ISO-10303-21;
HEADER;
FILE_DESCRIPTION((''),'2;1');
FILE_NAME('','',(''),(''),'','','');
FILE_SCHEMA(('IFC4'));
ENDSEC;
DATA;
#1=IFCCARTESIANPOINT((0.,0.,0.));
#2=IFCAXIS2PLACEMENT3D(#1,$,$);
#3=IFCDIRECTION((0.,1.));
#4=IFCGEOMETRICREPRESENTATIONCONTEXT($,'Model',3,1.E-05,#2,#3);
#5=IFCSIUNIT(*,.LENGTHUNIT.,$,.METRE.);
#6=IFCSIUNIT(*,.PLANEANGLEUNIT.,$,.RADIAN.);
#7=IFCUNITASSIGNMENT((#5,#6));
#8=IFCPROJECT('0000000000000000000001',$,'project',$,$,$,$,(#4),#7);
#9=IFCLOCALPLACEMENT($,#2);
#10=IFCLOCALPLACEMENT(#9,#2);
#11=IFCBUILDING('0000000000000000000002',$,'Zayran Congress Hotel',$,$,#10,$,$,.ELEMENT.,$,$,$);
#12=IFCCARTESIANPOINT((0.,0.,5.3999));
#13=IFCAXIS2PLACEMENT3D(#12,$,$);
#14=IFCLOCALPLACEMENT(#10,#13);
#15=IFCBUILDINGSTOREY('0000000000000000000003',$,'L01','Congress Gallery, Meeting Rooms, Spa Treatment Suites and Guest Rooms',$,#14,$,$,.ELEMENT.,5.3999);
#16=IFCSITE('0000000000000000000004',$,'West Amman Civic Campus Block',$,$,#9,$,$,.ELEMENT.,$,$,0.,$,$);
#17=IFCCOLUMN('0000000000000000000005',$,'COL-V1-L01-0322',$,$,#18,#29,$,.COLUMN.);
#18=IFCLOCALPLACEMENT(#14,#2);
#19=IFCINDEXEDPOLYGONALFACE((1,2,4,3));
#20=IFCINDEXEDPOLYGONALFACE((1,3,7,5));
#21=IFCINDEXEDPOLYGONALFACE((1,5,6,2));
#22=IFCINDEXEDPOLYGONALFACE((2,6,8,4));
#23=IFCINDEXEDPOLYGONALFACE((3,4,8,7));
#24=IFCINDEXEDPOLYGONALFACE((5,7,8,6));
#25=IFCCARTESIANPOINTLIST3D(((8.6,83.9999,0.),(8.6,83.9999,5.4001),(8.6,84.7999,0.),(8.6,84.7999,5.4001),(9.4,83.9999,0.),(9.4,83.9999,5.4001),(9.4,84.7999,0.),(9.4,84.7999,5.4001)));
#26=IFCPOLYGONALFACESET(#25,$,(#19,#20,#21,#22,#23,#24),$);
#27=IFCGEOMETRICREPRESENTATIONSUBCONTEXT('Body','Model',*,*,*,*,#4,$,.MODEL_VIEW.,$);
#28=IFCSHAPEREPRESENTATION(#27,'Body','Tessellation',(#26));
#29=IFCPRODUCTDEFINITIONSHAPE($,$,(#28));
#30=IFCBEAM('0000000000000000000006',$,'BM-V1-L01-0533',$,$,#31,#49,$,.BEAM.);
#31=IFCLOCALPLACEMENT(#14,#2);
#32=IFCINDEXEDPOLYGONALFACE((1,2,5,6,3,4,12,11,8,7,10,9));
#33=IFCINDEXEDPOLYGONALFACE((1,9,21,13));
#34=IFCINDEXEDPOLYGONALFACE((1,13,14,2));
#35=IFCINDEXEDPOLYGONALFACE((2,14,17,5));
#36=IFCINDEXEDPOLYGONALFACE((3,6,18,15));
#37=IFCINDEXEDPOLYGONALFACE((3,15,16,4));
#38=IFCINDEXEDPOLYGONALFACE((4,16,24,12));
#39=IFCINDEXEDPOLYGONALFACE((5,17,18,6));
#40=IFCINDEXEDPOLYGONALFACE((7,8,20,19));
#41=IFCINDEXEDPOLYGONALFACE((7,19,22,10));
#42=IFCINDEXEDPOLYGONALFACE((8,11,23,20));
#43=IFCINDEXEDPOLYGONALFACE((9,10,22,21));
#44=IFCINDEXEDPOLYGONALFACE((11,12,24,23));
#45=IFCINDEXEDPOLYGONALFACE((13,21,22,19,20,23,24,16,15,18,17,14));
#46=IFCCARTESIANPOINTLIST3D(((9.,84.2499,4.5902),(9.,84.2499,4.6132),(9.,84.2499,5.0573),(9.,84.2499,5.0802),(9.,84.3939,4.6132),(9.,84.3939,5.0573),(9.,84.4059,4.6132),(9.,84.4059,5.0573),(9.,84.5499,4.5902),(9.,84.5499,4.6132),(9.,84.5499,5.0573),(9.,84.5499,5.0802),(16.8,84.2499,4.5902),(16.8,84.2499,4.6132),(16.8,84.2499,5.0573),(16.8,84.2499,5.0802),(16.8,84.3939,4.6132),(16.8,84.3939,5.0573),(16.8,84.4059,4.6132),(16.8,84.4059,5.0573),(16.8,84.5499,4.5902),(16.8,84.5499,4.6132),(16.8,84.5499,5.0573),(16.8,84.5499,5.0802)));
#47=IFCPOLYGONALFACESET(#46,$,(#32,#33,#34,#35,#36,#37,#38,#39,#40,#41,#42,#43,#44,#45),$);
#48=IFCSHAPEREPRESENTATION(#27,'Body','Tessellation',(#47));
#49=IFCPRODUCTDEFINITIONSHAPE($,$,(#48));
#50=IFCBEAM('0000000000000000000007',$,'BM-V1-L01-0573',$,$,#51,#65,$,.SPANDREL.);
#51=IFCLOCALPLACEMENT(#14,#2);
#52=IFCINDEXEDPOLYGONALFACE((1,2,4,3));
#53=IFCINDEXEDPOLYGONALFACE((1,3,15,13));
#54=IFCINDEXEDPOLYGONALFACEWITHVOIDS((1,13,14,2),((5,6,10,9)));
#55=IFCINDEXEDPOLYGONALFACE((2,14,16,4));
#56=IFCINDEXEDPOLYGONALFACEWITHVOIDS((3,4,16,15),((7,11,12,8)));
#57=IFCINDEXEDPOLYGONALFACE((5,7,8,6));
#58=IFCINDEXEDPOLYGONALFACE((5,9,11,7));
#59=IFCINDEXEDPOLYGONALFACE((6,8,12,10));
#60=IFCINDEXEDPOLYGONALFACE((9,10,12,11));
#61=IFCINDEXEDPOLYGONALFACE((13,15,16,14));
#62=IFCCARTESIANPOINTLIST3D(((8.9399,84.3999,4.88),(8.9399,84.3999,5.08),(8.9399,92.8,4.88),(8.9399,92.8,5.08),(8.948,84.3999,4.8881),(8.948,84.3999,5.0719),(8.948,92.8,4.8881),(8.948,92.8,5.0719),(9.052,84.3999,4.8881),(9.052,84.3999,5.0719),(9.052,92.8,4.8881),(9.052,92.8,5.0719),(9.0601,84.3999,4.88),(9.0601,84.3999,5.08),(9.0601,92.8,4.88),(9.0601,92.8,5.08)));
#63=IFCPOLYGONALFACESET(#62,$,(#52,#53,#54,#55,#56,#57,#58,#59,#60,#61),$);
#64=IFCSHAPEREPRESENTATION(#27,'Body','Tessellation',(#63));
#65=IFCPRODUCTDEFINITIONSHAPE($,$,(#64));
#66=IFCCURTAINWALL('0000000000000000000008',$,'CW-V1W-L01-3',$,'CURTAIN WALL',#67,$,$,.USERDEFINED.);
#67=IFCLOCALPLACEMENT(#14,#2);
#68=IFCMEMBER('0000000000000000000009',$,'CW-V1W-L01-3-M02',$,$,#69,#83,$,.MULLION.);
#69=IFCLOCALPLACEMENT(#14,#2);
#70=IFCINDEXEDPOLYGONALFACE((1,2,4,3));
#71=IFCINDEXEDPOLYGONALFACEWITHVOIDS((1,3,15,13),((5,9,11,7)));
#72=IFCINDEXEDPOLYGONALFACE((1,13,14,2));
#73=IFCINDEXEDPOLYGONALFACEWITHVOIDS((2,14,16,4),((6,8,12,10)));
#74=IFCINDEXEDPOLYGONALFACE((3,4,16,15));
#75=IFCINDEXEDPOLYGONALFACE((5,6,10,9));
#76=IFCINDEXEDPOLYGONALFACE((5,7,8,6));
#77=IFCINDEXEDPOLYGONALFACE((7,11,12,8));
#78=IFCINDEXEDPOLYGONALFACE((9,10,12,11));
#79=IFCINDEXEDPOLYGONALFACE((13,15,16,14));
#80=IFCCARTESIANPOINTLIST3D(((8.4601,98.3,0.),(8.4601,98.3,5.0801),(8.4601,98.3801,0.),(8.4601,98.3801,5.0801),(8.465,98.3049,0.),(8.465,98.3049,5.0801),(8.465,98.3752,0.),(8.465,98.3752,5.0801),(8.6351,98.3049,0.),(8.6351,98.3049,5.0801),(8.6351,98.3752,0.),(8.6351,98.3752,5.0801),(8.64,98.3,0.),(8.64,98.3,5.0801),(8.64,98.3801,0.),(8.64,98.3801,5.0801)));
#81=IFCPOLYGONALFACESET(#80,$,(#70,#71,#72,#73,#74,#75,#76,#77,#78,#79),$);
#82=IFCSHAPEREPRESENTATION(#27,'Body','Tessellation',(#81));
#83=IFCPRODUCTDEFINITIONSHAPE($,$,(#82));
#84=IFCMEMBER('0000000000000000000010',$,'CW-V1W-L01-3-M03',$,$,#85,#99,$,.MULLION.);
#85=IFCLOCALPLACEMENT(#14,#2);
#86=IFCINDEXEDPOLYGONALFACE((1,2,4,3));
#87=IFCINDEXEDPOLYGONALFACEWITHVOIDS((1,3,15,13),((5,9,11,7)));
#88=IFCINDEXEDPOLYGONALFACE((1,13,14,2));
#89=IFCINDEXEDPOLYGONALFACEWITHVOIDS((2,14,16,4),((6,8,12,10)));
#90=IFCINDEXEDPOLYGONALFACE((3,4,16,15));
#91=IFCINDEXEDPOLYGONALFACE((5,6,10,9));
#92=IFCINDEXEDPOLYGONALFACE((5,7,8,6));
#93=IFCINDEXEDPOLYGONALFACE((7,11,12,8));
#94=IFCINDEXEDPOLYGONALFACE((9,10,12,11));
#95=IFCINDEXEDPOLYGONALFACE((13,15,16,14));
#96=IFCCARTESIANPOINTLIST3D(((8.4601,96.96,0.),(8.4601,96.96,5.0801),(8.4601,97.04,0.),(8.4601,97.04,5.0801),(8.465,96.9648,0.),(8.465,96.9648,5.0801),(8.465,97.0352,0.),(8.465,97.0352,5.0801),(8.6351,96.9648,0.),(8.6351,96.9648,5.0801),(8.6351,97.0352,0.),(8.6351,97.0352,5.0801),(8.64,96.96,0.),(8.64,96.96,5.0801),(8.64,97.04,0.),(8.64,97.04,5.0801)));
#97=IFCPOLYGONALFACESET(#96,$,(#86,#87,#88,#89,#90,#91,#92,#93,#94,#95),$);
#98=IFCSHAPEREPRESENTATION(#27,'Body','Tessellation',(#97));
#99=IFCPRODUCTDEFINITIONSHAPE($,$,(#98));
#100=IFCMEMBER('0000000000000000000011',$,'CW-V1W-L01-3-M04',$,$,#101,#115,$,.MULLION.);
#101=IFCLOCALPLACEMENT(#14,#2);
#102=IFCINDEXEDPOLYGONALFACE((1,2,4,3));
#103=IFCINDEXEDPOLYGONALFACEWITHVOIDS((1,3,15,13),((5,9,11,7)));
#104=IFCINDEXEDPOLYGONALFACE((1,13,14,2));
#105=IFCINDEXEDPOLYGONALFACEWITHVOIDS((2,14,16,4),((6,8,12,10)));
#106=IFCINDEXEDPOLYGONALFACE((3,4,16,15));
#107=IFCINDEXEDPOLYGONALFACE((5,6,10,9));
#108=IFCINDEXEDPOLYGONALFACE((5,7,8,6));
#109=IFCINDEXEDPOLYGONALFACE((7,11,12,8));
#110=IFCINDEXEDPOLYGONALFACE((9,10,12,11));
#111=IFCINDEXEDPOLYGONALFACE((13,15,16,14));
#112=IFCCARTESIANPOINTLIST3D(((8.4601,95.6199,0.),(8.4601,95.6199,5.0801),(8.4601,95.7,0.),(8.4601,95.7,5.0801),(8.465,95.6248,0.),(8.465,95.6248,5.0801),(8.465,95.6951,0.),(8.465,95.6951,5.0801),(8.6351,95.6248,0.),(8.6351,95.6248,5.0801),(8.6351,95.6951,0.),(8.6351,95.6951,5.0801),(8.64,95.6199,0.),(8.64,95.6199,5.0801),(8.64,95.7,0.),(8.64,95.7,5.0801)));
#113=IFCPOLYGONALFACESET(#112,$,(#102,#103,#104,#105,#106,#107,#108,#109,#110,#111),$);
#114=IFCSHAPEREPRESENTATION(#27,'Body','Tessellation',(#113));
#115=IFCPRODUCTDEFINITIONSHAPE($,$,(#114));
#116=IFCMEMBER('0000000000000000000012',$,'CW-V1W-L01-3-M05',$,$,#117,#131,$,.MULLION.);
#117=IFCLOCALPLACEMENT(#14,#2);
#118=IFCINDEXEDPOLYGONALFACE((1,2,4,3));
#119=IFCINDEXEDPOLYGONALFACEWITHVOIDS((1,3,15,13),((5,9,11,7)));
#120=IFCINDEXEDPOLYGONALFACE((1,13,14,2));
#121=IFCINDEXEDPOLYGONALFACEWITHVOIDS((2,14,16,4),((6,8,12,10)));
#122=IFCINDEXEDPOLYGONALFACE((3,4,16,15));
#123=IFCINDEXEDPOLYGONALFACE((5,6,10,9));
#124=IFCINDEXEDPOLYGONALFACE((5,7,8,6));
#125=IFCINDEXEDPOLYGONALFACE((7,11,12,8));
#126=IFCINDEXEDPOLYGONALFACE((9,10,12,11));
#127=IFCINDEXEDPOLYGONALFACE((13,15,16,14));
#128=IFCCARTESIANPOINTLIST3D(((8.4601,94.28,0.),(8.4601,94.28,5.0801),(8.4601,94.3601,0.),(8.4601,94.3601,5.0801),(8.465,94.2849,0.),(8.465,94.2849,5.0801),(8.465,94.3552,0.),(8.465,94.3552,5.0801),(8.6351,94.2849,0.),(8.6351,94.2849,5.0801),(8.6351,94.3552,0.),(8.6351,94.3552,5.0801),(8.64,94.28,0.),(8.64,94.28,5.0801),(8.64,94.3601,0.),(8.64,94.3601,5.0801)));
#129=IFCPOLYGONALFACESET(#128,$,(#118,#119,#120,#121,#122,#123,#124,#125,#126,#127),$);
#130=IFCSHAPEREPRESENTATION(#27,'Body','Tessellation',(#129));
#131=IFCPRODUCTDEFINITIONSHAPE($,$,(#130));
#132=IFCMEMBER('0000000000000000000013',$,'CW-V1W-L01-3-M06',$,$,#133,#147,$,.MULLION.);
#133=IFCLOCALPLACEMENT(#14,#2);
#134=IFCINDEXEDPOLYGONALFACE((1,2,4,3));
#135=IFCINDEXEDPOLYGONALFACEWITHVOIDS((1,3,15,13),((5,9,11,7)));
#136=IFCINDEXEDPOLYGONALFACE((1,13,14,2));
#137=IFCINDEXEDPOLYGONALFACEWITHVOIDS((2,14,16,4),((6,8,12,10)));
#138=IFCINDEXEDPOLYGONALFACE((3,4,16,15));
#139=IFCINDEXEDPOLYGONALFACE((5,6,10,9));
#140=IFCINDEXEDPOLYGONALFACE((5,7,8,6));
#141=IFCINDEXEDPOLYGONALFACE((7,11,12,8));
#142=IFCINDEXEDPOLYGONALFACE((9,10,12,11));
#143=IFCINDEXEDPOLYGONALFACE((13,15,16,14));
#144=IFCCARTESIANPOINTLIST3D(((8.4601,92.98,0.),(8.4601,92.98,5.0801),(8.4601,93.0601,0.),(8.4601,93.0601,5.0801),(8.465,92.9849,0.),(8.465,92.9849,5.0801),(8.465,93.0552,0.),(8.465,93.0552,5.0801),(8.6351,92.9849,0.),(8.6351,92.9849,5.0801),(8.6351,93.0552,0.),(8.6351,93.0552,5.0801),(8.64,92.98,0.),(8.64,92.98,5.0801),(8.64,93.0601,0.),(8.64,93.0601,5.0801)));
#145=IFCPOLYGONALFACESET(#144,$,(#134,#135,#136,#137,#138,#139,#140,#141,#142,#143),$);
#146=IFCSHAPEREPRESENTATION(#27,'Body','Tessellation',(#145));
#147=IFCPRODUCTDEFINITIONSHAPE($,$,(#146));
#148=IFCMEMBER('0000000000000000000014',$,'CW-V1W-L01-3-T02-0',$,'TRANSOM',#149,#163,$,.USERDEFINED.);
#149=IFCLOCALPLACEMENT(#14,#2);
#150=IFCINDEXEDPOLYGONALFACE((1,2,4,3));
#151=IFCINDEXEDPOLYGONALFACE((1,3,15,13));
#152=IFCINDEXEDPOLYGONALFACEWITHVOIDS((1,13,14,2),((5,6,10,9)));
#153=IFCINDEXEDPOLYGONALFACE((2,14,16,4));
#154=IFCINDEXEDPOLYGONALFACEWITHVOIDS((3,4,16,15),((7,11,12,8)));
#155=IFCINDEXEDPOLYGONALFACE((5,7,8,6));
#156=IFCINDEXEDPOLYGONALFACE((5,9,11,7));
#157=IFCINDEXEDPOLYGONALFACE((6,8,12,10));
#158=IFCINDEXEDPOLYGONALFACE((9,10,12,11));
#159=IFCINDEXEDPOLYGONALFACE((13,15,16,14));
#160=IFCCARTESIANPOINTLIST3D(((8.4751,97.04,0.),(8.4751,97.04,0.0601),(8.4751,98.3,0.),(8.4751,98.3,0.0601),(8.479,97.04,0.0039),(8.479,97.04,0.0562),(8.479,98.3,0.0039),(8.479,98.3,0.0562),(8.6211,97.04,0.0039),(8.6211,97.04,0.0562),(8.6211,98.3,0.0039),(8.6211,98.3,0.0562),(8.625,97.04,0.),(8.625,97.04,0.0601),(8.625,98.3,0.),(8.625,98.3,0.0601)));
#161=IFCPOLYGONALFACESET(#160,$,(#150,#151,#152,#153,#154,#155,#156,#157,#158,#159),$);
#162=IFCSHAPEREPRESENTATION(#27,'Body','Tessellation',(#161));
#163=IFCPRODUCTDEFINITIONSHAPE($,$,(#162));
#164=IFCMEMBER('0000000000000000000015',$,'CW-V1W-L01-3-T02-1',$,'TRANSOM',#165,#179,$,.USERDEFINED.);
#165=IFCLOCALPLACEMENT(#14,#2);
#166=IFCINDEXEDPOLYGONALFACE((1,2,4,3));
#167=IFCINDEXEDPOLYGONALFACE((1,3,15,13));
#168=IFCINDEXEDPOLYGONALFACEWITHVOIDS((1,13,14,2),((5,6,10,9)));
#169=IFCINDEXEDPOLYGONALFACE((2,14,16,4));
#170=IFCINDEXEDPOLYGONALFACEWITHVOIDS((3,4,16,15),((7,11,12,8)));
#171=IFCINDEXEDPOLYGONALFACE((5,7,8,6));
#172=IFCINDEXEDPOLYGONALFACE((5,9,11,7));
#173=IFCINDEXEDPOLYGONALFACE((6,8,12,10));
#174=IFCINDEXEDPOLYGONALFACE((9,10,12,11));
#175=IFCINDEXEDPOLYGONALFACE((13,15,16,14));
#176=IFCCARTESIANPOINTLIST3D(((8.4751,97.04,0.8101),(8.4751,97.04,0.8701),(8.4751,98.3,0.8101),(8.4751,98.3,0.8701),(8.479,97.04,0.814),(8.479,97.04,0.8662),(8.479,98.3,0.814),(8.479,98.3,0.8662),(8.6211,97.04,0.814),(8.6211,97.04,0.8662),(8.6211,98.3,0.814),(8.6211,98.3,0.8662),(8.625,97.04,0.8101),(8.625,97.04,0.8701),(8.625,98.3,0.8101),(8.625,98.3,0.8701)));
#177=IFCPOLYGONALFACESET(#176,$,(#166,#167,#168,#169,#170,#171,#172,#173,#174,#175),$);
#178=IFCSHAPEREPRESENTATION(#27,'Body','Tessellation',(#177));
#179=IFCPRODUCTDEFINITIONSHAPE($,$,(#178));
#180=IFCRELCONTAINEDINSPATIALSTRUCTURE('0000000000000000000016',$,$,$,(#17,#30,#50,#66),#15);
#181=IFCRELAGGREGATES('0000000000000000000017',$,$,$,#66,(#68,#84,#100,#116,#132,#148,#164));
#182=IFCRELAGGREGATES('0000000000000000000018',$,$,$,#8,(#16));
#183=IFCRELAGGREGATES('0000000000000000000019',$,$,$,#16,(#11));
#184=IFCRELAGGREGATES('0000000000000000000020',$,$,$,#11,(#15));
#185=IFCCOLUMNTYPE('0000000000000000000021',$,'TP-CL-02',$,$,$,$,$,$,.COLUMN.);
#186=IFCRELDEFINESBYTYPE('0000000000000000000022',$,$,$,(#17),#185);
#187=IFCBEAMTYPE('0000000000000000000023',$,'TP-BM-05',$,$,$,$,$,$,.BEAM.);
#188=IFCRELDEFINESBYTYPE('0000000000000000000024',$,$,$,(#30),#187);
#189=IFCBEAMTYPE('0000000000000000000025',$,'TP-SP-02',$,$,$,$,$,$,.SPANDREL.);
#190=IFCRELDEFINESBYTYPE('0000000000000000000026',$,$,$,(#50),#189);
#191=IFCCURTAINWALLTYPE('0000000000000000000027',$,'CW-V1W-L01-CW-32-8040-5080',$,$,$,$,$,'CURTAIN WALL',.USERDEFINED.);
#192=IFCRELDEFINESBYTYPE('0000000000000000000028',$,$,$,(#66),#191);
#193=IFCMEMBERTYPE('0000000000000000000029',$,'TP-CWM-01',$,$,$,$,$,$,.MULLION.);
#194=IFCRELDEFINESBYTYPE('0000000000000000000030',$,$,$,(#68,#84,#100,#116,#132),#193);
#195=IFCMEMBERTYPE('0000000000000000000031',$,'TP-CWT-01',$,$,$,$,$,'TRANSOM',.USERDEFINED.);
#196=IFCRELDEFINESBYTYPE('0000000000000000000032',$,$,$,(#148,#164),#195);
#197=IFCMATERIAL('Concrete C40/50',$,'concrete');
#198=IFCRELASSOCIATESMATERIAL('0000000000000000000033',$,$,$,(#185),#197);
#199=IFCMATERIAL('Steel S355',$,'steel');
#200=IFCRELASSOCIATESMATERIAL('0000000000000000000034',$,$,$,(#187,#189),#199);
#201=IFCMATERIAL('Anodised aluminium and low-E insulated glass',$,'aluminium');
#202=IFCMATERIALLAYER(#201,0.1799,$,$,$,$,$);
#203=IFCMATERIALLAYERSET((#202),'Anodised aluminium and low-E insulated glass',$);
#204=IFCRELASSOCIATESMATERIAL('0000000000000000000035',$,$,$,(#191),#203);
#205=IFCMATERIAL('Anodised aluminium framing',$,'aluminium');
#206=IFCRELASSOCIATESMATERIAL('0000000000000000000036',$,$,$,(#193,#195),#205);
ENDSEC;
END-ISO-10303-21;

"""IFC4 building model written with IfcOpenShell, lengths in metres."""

from ifc_helpers import new_model, si_unit, direction, frame, origin, origin_2d, place, context, subcontext, project, spatial, rectangle, hollow_rectangle, i_section, extrude, material, layer, layer_set, material_profile, profile_set, type_object, element, aggregate, save


model = new_model("IFC4")

# Units and contexts
model_context = context("Model", 3, precision=1e-05, world=origin(), true_north=direction((0.0, 1.0)))
body_context = subcontext(model_context, "Body", "Model", "MODEL_VIEW")
ifc_project = project(units=[si_unit("LENGTHUNIT", "METRE"), si_unit("PLANEANGLEUNIT", "RADIAN")], contexts=[model_context])

# Site, building, storey
site_placement = place(None, origin())
site = spatial("IfcSite", under=ifc_project, at=site_placement, Name="West Amman Civic Campus Block", CompositionType="ELEMENT", RefElevation=0.0)
building_placement = place(site_placement, origin())
building = spatial("IfcBuilding", under=site, at=building_placement, Name="Zayran Congress Hotel", CompositionType="ELEMENT")
storey_placement = place(building_placement, frame((0.0, 0.0, 5.3999)))
storey = spatial("IfcBuildingStorey", under=building, at=storey_placement, Name="L01", Description="Congress Gallery, Meeting Rooms, Spa Treatment Suites and Guest Rooms", CompositionType="ELEMENT", Elevation=5.3999)

# Column
ifc_material_1 = material(Name="Concrete C40/50", Category="concrete")
ifc_material_profile_1 = material_profile(ifc_material_1, rectangle(XDim=0.8, YDim=0.8, at=origin_2d()), Name="RC 800x800")
ifc_profile_set_1 = profile_set([ifc_material_profile_1], Name="Concrete C40/50")
column_type = type_object("IfcColumnType", Name="TP-CL-02", PredefinedType="COLUMN", material=ifc_profile_set_1)
column_placement = place(storey_placement, frame((9.0, 84.3999, 0.0), z_axis=(0.0, 0.0, 1.0), x_axis=(1.0, 0.0, 0.0)))
element("IfcColumn", 1, at=column_placement, inside=storey, type_object=column_type, Name="COL-V1-L01-0322", PredefinedType="COLUMN", context=body_context, shape_type="SweptSolid", body=[
    extrude(rectangle(XDim=0.8, YDim=0.8, at=origin_2d()), origin(), (0.0, 0.0, 1.0), 5.4001),
])

# Beams
ifc_material_2 = material(Name="Steel S355", Category="steel")
ifc_material_profile_2 = material_profile(ifc_material_2, i_section(OverallWidth=0.3, OverallDepth=0.49, WebThickness=0.012, FlangeThickness=0.0229, at=origin_2d()), Name="HEA 500")
ifc_profile_set_2 = profile_set([ifc_material_profile_2], Name="Steel S355")
beam_type_1 = type_object("IfcBeamType", Name="TP-BM-05", PredefinedType="BEAM", material=ifc_profile_set_2)
beam_1_placement = place(storey_placement, frame((9.0, 84.3999, 4.8352), z_axis=(1.0, 0.0, 0.0), x_axis=(0.0, 1.0, 0.0)))
element("IfcBeam", 2, at=beam_1_placement, inside=storey, type_object=beam_type_1, Name="BM-V1-L01-0533", PredefinedType="BEAM", context=body_context, shape_type="SweptSolid", body=[
    extrude(i_section(OverallWidth=0.3, OverallDepth=0.49, WebThickness=0.012, FlangeThickness=0.0229, at=origin_2d()), origin(), (0.0, 0.0, 1.0), 7.8),
])
ifc_material_profile_3 = material_profile(ifc_material_2, hollow_rectangle(XDim=0.1201, YDim=0.2, WallThickness=0.0081, at=origin_2d()), Name="RHS 200x120x8")
ifc_profile_set_3 = profile_set([ifc_material_profile_3], Name="Steel S355")
beam_type_2 = type_object("IfcBeamType", Name="TP-SP-02", PredefinedType="SPANDREL", material=ifc_profile_set_3)
beam_2_placement = place(storey_placement, frame((9.0, 84.3999, 4.98), z_axis=(0.0, 1.0, 0.0), x_axis=(-1.0, 0.0, 0.0)))
element("IfcBeam", 3, at=beam_2_placement, inside=storey, type_object=beam_type_2, Name="BM-V1-L01-0573", PredefinedType="SPANDREL", context=body_context, shape_type="SweptSolid", body=[
    extrude(hollow_rectangle(XDim=0.1201, YDim=0.2, WallThickness=0.0081, at=origin_2d()), origin(), (0.0, 0.0, 1.0), 8.4001),
])

# Curtain wall, members
ifc_material_3 = material(Name="Anodised aluminium and low-E insulated glass", Category="aluminium")
ifc_layer_1 = layer(ifc_material_3, 0.1799)
ifc_layer_set_1 = layer_set([ifc_layer_1], Name="Anodised aluminium and low-E insulated glass")
curtain_wall_type = type_object("IfcCurtainWallType", Name="CW-V1W-L01-CW-32-8040-5080", ElementType="CURTAIN WALL", PredefinedType="USERDEFINED", material=ifc_layer_set_1)
curtain_wall_placement = place(storey_placement, origin())
curtain_wall = element("IfcCurtainWall", 4, at=curtain_wall_placement, inside=storey, type_object=curtain_wall_type, Name="CW-V1W-L01-3", ObjectType="CURTAIN WALL", PredefinedType="USERDEFINED")
ifc_material_4 = material(Name="Anodised aluminium framing", Category="aluminium")
ifc_material_profile_4 = material_profile(ifc_material_4, hollow_rectangle(XDim=0.0801, YDim=0.1799, WallThickness=0.0049, at=origin_2d()), Name="RHS 180x80x5")
ifc_profile_set_4 = profile_set([ifc_material_profile_4], Name="Anodised aluminium framing")
member_type_1 = type_object("IfcMemberType", Name="TP-CWM-01", PredefinedType="MULLION", material=ifc_profile_set_4)
member_1_placement = place(storey_placement, frame((8.55, 98.3401, 0.0), z_axis=(0.0, 0.0, 1.0), x_axis=(0.0, 1.0, 0.0)))
member_1 = element("IfcMember", 5, at=member_1_placement, type_object=member_type_1, Name="CW-V1W-L01-3-M02", PredefinedType="MULLION", context=body_context, shape_type="SweptSolid", body=[
    extrude(hollow_rectangle(XDim=0.0801, YDim=0.1799, WallThickness=0.0049, at=origin_2d()), origin(), (0.0, 0.0, 1.0), 5.0801),
])
member_2_placement = place(storey_placement, frame((8.55, 97.0, 0.0), z_axis=(0.0, 0.0, 1.0), x_axis=(0.0, 1.0, 0.0)))
member_2 = element("IfcMember", 6, at=member_2_placement, type_object=member_type_1, Name="CW-V1W-L01-3-M03", PredefinedType="MULLION", context=body_context, shape_type="SweptSolid", body=[
    extrude(hollow_rectangle(XDim=0.0801, YDim=0.1799, WallThickness=0.0049, at=origin_2d()), origin(), (0.0, 0.0, 1.0), 5.0801),
])
member_3_placement = place(storey_placement, frame((8.55, 95.6599, 0.0), z_axis=(0.0, 0.0, 1.0), x_axis=(0.0, 1.0, 0.0)))
member_3 = element("IfcMember", 7, at=member_3_placement, type_object=member_type_1, Name="CW-V1W-L01-3-M04", PredefinedType="MULLION", context=body_context, shape_type="SweptSolid", body=[
    extrude(hollow_rectangle(XDim=0.0801, YDim=0.1799, WallThickness=0.0049, at=origin_2d()), origin(), (0.0, 0.0, 1.0), 5.0801),
])
member_4_placement = place(storey_placement, frame((8.55, 94.3201, 0.0), z_axis=(0.0, 0.0, 1.0), x_axis=(0.0, 1.0, 0.0)))
member_4 = element("IfcMember", 8, at=member_4_placement, type_object=member_type_1, Name="CW-V1W-L01-3-M05", PredefinedType="MULLION", context=body_context, shape_type="SweptSolid", body=[
    extrude(hollow_rectangle(XDim=0.0801, YDim=0.1799, WallThickness=0.0049, at=origin_2d()), origin(), (0.0, 0.0, 1.0), 5.0801),
])
member_5_placement = place(storey_placement, frame((8.55, 93.02, 0.0), z_axis=(0.0, 0.0, 1.0), x_axis=(0.0, 1.0, 0.0)))
member_5 = element("IfcMember", 9, at=member_5_placement, type_object=member_type_1, Name="CW-V1W-L01-3-M06", PredefinedType="MULLION", context=body_context, shape_type="SweptSolid", body=[
    extrude(hollow_rectangle(XDim=0.0801, YDim=0.1799, WallThickness=0.0049, at=origin_2d()), origin(), (0.0, 0.0, 1.0), 5.0801),
])
ifc_material_profile_5 = material_profile(ifc_material_4, hollow_rectangle(XDim=0.0601, YDim=0.1499, WallThickness=0.0039, at=origin_2d()), Name="RHS 150x60x4")
ifc_profile_set_5 = profile_set([ifc_material_profile_5], Name="Anodised aluminium framing")
member_type_2 = type_object("IfcMemberType", Name="TP-CWT-01", ElementType="TRANSOM", PredefinedType="USERDEFINED", material=ifc_profile_set_5)
member_6_placement = place(storey_placement, frame((8.55, 98.3, 0.03), z_axis=(0.0, -1.0, 0.0), x_axis=(0.0, 0.0, 1.0)))
member_6 = element("IfcMember", 10, at=member_6_placement, type_object=member_type_2, Name="CW-V1W-L01-3-T02-0", ObjectType="TRANSOM", PredefinedType="USERDEFINED", context=body_context, shape_type="SweptSolid", body=[
    extrude(hollow_rectangle(XDim=0.0601, YDim=0.1499, WallThickness=0.0039, at=origin_2d()), origin(), (0.0, 0.0, 1.0), 1.26),
])
member_7_placement = place(storey_placement, frame((8.55, 98.3, 0.8401), z_axis=(0.0, -1.0, 0.0), x_axis=(0.0, 0.0, 1.0)))
member_7 = element("IfcMember", 11, at=member_7_placement, type_object=member_type_2, Name="CW-V1W-L01-3-T02-1", ObjectType="TRANSOM", PredefinedType="USERDEFINED", context=body_context, shape_type="SweptSolid", body=[
    extrude(hollow_rectangle(XDim=0.0601, YDim=0.1499, WallThickness=0.0039, at=origin_2d()), origin(), (0.0, 0.0, 1.0), 1.26),
])
aggregate(curtain_wall, [member_1, member_2, member_3, member_4, member_5, member_6, member_7])

save(model, "model.ifc")
